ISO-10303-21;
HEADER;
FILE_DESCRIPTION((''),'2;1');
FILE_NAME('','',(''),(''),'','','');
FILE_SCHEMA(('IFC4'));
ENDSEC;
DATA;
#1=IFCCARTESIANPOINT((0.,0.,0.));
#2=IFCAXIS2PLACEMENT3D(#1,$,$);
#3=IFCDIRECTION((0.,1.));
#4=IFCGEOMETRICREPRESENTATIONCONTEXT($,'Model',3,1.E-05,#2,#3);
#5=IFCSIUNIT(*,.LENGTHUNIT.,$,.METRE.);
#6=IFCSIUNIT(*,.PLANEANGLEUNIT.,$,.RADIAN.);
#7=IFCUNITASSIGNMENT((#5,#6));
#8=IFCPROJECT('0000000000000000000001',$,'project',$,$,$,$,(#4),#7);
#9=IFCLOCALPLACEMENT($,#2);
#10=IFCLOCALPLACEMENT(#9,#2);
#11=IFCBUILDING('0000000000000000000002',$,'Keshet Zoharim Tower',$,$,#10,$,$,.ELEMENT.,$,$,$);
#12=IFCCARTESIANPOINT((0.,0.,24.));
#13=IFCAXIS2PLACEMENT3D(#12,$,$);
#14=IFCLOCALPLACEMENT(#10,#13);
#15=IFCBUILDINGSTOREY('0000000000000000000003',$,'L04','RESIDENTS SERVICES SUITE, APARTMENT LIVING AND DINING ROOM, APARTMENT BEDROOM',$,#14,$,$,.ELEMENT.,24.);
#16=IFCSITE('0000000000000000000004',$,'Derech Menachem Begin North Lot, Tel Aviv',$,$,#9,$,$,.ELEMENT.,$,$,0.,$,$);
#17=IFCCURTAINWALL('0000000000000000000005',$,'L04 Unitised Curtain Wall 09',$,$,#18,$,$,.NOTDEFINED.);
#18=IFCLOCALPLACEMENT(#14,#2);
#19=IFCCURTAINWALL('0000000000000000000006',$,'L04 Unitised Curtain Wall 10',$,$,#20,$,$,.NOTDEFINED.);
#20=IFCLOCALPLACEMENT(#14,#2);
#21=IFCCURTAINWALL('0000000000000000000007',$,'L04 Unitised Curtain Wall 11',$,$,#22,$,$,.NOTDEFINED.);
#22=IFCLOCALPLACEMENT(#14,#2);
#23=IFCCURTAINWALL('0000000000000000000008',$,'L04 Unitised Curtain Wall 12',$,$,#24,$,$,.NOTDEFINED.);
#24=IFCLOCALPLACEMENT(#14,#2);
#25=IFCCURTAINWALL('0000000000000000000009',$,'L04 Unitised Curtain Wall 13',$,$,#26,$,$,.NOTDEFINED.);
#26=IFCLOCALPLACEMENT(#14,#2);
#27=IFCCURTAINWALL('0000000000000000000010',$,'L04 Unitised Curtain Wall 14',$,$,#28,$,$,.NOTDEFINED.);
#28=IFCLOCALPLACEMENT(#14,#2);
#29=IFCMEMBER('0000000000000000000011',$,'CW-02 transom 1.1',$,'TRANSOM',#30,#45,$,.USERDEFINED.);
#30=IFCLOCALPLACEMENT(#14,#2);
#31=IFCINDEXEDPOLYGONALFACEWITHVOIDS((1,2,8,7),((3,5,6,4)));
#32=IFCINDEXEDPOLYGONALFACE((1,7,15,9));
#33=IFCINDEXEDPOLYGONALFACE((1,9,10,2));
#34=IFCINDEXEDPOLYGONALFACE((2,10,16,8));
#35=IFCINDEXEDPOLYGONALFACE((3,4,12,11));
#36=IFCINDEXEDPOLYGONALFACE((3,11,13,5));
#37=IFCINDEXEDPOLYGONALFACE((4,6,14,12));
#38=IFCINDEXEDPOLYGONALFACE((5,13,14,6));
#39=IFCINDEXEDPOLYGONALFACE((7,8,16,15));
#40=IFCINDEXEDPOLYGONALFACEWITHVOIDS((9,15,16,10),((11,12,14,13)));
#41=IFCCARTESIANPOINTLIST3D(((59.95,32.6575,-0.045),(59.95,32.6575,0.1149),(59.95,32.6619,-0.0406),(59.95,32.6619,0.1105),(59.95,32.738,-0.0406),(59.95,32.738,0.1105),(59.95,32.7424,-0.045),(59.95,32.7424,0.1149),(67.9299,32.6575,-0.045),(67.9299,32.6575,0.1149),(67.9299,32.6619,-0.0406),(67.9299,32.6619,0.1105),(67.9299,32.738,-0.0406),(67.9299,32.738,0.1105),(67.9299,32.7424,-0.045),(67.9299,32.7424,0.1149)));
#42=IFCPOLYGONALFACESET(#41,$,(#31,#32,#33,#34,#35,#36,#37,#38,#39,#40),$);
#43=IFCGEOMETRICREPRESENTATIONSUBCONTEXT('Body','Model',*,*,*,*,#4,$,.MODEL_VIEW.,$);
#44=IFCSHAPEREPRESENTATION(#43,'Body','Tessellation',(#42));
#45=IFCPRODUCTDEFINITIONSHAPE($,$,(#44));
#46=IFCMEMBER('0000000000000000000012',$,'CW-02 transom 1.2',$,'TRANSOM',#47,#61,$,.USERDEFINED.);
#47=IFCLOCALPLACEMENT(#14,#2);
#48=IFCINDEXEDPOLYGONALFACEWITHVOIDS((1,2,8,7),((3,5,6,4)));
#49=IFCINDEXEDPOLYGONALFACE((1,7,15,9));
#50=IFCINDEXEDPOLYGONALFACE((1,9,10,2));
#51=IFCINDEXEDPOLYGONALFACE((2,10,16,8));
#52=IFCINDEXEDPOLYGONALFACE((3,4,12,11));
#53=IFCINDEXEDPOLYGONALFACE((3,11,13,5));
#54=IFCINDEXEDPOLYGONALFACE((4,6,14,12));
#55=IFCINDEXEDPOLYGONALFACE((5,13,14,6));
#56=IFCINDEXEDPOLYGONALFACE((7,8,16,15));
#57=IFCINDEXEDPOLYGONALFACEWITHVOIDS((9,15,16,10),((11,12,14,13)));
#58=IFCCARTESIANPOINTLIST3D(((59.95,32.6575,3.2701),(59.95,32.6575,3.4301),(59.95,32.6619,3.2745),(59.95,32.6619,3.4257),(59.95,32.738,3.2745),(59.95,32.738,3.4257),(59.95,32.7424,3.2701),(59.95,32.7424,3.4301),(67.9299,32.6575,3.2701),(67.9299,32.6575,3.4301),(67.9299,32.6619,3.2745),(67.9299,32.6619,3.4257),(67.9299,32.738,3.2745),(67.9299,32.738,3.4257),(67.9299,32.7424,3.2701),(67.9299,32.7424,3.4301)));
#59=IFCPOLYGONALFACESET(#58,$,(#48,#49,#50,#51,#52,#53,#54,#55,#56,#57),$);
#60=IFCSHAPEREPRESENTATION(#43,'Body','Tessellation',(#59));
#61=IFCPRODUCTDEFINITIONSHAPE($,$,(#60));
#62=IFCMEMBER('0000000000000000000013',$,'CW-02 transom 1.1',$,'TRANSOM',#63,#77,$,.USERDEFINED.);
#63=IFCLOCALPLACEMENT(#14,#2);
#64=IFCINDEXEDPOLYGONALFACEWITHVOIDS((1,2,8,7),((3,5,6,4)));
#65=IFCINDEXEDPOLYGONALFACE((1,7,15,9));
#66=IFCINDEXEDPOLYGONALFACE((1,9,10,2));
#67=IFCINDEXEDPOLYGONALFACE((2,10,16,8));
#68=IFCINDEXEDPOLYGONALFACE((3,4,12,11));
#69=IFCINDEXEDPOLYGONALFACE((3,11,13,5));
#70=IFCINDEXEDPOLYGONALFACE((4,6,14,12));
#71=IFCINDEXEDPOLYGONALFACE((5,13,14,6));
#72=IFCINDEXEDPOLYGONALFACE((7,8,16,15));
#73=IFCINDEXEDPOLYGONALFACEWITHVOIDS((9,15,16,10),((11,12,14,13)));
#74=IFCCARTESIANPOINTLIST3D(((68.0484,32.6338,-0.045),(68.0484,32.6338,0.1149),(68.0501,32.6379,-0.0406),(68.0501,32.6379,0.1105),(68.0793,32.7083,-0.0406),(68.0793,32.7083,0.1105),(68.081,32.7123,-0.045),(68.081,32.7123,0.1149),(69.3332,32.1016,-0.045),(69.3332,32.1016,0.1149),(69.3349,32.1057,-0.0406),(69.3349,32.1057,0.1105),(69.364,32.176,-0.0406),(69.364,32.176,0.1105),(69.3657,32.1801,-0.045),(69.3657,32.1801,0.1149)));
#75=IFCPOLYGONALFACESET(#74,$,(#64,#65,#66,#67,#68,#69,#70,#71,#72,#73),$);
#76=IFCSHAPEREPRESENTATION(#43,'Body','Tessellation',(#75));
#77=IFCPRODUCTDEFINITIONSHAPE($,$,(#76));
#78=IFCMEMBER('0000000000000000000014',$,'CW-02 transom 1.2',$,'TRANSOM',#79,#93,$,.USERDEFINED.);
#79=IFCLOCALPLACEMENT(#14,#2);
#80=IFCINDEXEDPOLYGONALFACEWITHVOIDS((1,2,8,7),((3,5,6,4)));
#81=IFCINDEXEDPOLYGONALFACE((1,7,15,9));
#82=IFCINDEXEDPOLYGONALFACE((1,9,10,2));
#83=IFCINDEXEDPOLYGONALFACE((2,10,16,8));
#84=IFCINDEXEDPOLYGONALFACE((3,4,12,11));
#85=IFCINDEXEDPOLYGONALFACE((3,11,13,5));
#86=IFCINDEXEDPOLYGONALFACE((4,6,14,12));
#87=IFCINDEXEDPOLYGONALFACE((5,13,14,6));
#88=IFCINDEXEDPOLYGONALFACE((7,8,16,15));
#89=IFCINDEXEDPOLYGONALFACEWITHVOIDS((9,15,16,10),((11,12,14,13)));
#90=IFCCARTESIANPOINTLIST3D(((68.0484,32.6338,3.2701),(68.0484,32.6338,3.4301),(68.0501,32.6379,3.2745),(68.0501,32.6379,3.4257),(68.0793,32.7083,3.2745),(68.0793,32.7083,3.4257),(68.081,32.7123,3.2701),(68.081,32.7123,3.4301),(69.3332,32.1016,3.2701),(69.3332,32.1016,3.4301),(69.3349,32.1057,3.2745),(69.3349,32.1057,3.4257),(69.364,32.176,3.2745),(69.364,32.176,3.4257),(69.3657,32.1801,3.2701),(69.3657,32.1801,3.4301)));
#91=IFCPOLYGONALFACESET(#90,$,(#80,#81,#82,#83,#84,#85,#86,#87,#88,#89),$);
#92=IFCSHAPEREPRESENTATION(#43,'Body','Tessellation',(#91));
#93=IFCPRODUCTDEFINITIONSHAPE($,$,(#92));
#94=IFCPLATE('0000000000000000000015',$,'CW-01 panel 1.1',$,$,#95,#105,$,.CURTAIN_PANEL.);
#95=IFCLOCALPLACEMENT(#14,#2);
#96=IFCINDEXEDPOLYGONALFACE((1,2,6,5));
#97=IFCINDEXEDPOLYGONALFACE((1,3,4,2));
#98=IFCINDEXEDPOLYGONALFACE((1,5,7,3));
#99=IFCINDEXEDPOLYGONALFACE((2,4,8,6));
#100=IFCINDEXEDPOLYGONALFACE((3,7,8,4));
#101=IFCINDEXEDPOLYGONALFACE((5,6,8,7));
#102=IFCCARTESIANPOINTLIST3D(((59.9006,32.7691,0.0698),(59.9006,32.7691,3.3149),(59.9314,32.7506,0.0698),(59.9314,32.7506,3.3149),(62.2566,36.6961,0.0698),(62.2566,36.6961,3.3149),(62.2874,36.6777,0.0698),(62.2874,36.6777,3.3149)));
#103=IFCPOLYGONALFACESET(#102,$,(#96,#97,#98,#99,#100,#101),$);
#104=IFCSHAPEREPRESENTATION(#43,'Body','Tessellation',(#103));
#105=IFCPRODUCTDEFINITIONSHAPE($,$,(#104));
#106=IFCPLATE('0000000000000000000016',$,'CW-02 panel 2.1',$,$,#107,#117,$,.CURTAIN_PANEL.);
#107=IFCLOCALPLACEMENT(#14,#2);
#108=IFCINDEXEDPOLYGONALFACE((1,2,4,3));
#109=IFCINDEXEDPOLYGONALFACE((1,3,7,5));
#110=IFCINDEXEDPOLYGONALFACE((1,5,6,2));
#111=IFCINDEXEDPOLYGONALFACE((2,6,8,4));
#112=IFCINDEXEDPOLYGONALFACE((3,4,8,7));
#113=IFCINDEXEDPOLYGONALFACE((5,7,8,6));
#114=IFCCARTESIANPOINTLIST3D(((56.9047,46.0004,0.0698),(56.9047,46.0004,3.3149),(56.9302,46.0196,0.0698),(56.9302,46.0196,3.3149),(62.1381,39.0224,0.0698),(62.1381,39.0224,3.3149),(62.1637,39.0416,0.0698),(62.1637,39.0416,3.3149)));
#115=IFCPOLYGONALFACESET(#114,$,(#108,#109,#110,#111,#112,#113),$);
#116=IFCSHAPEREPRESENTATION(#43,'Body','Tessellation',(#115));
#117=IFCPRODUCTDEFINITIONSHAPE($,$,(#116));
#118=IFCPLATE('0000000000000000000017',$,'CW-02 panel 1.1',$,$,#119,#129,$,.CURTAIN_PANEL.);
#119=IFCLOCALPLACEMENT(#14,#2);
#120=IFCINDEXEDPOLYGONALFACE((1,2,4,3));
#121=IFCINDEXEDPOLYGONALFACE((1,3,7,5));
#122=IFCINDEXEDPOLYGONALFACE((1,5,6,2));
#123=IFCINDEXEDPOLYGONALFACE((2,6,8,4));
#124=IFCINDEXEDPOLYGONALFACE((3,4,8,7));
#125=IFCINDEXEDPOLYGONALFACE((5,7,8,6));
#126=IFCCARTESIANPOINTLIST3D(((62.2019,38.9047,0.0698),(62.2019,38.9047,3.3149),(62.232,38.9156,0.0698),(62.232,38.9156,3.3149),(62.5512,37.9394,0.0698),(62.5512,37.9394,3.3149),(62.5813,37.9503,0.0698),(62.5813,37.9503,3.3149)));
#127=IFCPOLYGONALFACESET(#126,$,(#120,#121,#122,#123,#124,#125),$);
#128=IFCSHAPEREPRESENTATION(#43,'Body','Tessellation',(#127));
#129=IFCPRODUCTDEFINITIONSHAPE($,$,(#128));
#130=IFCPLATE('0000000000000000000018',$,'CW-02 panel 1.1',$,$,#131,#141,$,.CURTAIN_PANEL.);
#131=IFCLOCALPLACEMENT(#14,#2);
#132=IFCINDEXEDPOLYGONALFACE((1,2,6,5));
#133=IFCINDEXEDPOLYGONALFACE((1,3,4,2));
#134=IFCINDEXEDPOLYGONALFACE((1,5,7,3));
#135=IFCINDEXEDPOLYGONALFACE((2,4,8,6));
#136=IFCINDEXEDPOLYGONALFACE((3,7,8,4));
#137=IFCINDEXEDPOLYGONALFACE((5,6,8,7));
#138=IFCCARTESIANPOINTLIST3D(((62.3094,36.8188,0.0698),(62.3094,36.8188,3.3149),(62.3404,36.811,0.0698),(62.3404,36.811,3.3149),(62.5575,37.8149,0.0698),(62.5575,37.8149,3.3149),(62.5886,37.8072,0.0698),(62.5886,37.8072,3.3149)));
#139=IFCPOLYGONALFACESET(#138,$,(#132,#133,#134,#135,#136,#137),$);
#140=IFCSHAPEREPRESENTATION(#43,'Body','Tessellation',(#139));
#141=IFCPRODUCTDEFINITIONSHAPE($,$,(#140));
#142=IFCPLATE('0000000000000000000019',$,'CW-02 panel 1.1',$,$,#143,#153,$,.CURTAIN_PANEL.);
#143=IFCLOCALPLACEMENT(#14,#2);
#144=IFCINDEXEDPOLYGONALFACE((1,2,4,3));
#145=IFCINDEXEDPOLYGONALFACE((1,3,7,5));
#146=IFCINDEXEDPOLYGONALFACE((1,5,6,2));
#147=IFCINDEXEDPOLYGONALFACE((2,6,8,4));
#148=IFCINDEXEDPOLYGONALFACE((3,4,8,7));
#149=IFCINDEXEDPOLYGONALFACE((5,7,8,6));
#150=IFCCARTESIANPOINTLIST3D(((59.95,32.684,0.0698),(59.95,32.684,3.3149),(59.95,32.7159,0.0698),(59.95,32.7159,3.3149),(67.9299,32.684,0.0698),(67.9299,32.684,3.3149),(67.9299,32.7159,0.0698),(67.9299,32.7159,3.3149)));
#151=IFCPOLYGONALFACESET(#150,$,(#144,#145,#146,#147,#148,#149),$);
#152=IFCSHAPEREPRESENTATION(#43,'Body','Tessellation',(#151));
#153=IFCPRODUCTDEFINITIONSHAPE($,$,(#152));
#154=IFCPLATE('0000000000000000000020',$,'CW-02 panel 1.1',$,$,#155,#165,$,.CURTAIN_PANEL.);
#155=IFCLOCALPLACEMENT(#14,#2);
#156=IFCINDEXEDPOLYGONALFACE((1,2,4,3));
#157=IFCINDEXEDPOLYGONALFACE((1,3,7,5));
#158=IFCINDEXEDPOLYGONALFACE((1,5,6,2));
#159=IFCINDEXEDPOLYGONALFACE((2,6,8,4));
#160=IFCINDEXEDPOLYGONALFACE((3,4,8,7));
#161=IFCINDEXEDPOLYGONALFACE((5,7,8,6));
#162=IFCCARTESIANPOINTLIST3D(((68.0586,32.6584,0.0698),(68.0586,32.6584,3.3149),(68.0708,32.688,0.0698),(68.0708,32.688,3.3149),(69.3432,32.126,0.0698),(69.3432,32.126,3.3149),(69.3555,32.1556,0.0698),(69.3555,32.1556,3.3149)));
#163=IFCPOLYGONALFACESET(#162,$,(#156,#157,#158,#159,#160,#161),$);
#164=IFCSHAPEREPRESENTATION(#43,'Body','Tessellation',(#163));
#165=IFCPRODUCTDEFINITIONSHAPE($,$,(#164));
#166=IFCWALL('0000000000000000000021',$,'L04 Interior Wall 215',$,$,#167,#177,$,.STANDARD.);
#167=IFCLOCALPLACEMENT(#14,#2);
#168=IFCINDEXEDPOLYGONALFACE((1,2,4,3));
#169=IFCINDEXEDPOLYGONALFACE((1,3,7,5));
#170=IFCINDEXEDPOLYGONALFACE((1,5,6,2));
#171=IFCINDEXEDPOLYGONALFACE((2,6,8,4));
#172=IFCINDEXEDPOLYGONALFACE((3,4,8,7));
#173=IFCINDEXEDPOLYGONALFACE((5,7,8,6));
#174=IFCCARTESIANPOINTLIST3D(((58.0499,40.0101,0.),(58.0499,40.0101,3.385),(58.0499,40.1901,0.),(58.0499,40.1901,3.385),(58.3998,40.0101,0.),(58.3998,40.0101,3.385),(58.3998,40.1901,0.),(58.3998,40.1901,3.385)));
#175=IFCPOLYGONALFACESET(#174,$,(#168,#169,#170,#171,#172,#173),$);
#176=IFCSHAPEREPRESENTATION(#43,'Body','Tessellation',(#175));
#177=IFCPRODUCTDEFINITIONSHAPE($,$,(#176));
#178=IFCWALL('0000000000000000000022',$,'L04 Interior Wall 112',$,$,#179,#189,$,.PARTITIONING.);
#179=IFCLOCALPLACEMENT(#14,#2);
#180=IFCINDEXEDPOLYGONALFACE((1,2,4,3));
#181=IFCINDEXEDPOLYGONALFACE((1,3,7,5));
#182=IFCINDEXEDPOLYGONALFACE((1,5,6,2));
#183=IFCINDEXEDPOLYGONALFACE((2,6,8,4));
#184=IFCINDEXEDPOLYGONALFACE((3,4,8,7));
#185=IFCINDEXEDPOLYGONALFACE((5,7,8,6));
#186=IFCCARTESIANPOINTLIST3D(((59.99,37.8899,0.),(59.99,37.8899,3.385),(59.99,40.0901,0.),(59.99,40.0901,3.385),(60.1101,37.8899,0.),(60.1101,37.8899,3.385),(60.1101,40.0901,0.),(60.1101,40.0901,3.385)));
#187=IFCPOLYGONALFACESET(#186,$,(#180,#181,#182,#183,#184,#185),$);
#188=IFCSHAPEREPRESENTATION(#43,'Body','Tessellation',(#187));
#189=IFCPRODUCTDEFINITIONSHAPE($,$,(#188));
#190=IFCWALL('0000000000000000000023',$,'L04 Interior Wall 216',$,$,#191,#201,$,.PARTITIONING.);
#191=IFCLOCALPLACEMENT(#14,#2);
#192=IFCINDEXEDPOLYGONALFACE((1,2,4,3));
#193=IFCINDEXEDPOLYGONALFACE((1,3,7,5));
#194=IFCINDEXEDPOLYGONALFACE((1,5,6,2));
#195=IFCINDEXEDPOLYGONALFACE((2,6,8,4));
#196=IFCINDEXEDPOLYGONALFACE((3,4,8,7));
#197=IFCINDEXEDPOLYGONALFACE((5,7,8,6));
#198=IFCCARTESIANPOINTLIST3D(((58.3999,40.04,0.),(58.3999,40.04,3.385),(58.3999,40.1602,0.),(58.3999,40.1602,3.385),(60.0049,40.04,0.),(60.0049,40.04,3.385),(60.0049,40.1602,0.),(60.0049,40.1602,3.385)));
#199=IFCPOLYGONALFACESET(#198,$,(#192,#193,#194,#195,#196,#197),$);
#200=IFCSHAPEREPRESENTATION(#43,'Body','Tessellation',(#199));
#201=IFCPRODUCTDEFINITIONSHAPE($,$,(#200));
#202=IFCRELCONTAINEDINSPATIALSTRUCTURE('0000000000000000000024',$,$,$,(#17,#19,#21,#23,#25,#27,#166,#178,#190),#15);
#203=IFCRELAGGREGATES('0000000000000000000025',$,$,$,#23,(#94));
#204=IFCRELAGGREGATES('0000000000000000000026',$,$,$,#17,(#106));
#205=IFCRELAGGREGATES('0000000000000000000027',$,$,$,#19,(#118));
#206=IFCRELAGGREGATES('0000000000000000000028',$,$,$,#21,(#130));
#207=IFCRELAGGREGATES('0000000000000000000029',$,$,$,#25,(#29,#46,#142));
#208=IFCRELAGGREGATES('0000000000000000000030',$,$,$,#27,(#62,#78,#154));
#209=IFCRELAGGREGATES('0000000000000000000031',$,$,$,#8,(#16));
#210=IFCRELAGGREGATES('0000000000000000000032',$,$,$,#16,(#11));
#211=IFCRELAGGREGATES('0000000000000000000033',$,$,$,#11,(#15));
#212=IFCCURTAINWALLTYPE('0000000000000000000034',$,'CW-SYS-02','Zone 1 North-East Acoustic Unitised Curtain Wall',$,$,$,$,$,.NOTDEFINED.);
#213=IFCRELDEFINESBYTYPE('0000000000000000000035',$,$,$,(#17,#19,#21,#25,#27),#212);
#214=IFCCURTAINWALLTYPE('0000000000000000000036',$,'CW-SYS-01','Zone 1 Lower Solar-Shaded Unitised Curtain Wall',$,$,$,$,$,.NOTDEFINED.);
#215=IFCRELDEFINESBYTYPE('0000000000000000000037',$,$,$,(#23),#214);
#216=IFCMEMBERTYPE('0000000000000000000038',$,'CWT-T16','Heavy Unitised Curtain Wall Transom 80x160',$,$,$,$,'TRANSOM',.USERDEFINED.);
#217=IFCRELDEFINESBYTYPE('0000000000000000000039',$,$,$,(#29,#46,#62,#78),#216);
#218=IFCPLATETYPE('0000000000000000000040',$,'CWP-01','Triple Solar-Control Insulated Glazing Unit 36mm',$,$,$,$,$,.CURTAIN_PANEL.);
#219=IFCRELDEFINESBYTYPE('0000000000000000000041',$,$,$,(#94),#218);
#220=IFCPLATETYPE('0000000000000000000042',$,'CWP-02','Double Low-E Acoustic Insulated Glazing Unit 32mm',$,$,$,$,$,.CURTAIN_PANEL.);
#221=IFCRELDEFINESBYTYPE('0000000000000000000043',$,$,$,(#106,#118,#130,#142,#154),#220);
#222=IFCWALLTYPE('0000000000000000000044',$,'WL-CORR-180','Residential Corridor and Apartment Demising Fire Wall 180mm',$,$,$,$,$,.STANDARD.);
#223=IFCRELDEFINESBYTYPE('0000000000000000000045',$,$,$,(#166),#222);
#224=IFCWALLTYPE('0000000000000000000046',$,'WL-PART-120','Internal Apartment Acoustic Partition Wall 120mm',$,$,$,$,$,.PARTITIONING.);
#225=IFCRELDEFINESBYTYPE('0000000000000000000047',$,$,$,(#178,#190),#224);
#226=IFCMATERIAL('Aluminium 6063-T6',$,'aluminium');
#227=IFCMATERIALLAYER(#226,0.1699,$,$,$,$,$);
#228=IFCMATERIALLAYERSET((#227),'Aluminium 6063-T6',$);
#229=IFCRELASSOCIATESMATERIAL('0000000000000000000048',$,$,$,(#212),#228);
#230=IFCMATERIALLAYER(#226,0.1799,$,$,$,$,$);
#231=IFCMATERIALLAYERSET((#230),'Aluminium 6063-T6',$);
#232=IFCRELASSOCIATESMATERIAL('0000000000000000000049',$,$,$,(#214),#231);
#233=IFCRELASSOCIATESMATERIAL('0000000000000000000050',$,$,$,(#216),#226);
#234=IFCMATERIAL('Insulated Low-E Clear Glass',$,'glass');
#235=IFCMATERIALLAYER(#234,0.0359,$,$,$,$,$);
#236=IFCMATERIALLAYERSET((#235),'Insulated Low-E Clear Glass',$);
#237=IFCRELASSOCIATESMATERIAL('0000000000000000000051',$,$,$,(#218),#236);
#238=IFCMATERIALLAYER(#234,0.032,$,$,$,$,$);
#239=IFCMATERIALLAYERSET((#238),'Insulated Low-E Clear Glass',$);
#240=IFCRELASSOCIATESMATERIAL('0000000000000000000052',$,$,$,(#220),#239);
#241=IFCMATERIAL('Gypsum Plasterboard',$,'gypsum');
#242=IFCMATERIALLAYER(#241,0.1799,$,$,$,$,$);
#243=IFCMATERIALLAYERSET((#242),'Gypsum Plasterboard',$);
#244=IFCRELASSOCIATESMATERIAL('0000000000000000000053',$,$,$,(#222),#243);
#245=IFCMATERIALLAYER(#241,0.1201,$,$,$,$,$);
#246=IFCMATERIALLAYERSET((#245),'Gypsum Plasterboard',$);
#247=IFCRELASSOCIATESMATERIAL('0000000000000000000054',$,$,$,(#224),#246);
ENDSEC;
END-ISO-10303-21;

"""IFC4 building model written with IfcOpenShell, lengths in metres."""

from ifc_helpers import new_model, si_unit, direction, frame, frame_2d, origin, origin_2d, place, context, subcontext, project, spatial, rectangle, hollow_rectangle, extrude, material, layer, layer_set, material_profile, profile_set, type_object, element, aggregate, save


model = new_model("IFC4")

# Units and contexts
model_context = context("Model", 3, precision=1e-05, world=origin(), true_north=direction((0.0, 1.0)))
body_context = subcontext(model_context, "Body", "Model", "MODEL_VIEW")
ifc_project = project(units=[si_unit("LENGTHUNIT", "METRE"), si_unit("PLANEANGLEUNIT", "RADIAN")], contexts=[model_context])

# Site, building, storey
site_placement = place(None, origin())
site = spatial("IfcSite", under=ifc_project, at=site_placement, Name="Derech Menachem Begin North Lot, Tel Aviv", CompositionType="ELEMENT", RefElevation=0.0)
building_placement = place(site_placement, origin())
building = spatial("IfcBuilding", under=site, at=building_placement, Name="Keshet Zoharim Tower", CompositionType="ELEMENT")
storey_placement = place(building_placement, frame((0.0, 0.0, 24.0)))
storey = spatial("IfcBuildingStorey", under=building, at=storey_placement, Name="L04", Description="RESIDENTS SERVICES SUITE, APARTMENT LIVING AND DINING ROOM, APARTMENT BEDROOM", CompositionType="ELEMENT", Elevation=24.0)

# Curtain wall
ifc_material_1 = material(Name="Aluminium 6063-T6", Category="aluminium")
ifc_layer_1 = layer(ifc_material_1, 0.1699)
ifc_layer_set_1 = layer_set([ifc_layer_1], Name="Aluminium 6063-T6")
curtain_wall_type_1 = type_object("IfcCurtainWallType", Name="CW-SYS-02", Description="Zone 1 North-East Acoustic Unitised Curtain Wall", PredefinedType="NOTDEFINED", material=ifc_layer_set_1)
curtain_wall_1_placement = place(storey_placement, origin())
curtain_wall_1 = element("IfcCurtainWall", 1, at=curtain_wall_1_placement, inside=storey, type_object=curtain_wall_type_1, Name="L04 Unitised Curtain Wall 09", PredefinedType="NOTDEFINED")

# Curtain walls
curtain_wall_2_placement = place(storey_placement, origin())
curtain_wall_2 = element("IfcCurtainWall", 2, at=curtain_wall_2_placement, inside=storey, type_object=curtain_wall_type_1, Name="L04 Unitised Curtain Wall 10", PredefinedType="NOTDEFINED")
curtain_wall_3_placement = place(storey_placement, origin())
curtain_wall_3 = element("IfcCurtainWall", 3, at=curtain_wall_3_placement, inside=storey, type_object=curtain_wall_type_1, Name="L04 Unitised Curtain Wall 11", PredefinedType="NOTDEFINED")
ifc_layer_2 = layer(ifc_material_1, 0.1799)
ifc_layer_set_2 = layer_set([ifc_layer_2], Name="Aluminium 6063-T6")
curtain_wall_type_2 = type_object("IfcCurtainWallType", Name="CW-SYS-01", Description="Zone 1 Lower Solar-Shaded Unitised Curtain Wall", PredefinedType="NOTDEFINED", material=ifc_layer_set_2)
curtain_wall_4_placement = place(storey_placement, origin())
curtain_wall_4 = element("IfcCurtainWall", 4, at=curtain_wall_4_placement, inside=storey, type_object=curtain_wall_type_2, Name="L04 Unitised Curtain Wall 12", PredefinedType="NOTDEFINED")
curtain_wall_5_placement = place(storey_placement, origin())
curtain_wall_5 = element("IfcCurtainWall", 5, at=curtain_wall_5_placement, inside=storey, type_object=curtain_wall_type_1, Name="L04 Unitised Curtain Wall 13", PredefinedType="NOTDEFINED")
curtain_wall_6_placement = place(storey_placement, origin())
curtain_wall_6 = element("IfcCurtainWall", 6, at=curtain_wall_6_placement, inside=storey, type_object=curtain_wall_type_1, Name="L04 Unitised Curtain Wall 14", PredefinedType="NOTDEFINED")

# Members
ifc_material_profile_1 = material_profile(ifc_material_1, hollow_rectangle(XDim=0.085, YDim=0.1599, WallThickness=0.0044, at=origin_2d()), Name="TRN-85x160")
ifc_profile_set_1 = profile_set([ifc_material_profile_1], Name="Aluminium 6063-T6")
member_type_1 = type_object("IfcMemberType", Name="CWT-T16", Description="Heavy Unitised Curtain Wall Transom 80x160", ElementType="TRANSOM", PredefinedType="USERDEFINED", material=ifc_profile_set_1)
member_1_placement = place(storey_placement, frame((59.95, 32.7, 0.0349), z_axis=(1.0, 0.0, 0.0), x_axis=(0.0, 1.0, 0.0)))
member_1 = element("IfcMember", 7, at=member_1_placement, type_object=member_type_1, Name="CW-02 transom 1.1", ObjectType="TRANSOM", PredefinedType="USERDEFINED", context=body_context, shape_type="SweptSolid", body=[
    extrude(hollow_rectangle(XDim=0.085, YDim=0.1599, WallThickness=0.0044, at=origin_2d()), origin(), (0.0, 0.0, 1.0), 7.98),
])
member_2_placement = place(storey_placement, frame((59.95, 32.7, 3.3501), z_axis=(1.0, 0.0, 0.0), x_axis=(0.0, 1.0, 0.0)))
member_2 = element("IfcMember", 8, at=member_2_placement, type_object=member_type_1, Name="CW-02 transom 1.2", ObjectType="TRANSOM", PredefinedType="USERDEFINED", context=body_context, shape_type="SweptSolid", body=[
    extrude(hollow_rectangle(XDim=0.085, YDim=0.1599, WallThickness=0.0044, at=origin_2d()), origin(), (0.0, 0.0, 1.0), 7.98),
])
member_3_placement = place(storey_placement, frame((68.0647, 32.6731, 0.0349), z_axis=(0.923854, -0.382745, 0.0), x_axis=(0.382745, 0.923854, 0.0)))
member_3 = element("IfcMember", 9, at=member_3_placement, type_object=member_type_1, Name="CW-02 transom 1.1", ObjectType="TRANSOM", PredefinedType="USERDEFINED", context=body_context, shape_type="SweptSolid", body=[
    extrude(hollow_rectangle(XDim=0.085, YDim=0.1599, WallThickness=0.0044, at=origin_2d()), origin(), (0.0, 0.0, 1.0), 1.3906),
])
member_4_placement = place(storey_placement, frame((68.0647, 32.6731, 3.3501), z_axis=(0.923854, -0.382745, 0.0), x_axis=(0.382745, 0.923854, 0.0)))
member_4 = element("IfcMember", 10, at=member_4_placement, type_object=member_type_1, Name="CW-02 transom 1.2", ObjectType="TRANSOM", PredefinedType="USERDEFINED", context=body_context, shape_type="SweptSolid", body=[
    extrude(hollow_rectangle(XDim=0.085, YDim=0.1599, WallThickness=0.0044, at=origin_2d()), origin(), (0.0, 0.0, 1.0), 1.3906),
])

# Plates
ifc_material_2 = material(Name="Insulated Low-E Clear Glass", Category="glass")
ifc_layer_3 = layer(ifc_material_2, 0.0359)
ifc_layer_set_3 = layer_set([ifc_layer_3], Name="Insulated Low-E Clear Glass")
plate_type_1 = type_object("IfcPlateType", Name="CWP-01", Description="Triple Solar-Control Insulated Glazing Unit 36mm", PredefinedType="CURTAIN_PANEL", material=ifc_layer_set_3)
plate_1_placement = place(storey_placement, frame((61.094, 34.7234, 0.0698), z_axis=(0.0, 0.0, 1.0), x_axis=(-0.514465, -0.857512, 0.0)))
plate_1 = element("IfcPlate", 11, at=plate_1_placement, type_object=plate_type_1, Name="CW-01 panel 1.1", PredefinedType="CURTAIN_PANEL", context=body_context, shape_type="SweptSolid", body=[
    extrude(rectangle(XDim=4.5796, YDim=0.0359, at=origin_2d()), origin(), (0.0, 0.0, 1.0), 3.2451),
])
aggregate(curtain_wall_4, [plate_1])
ifc_layer_4 = layer(ifc_material_2, 0.032)
ifc_layer_set_4 = layer_set([ifc_layer_4], Name="Insulated Low-E Clear Glass")
plate_type_2 = type_object("IfcPlateType", Name="CWP-02", Description="Double Low-E Acoustic Insulated Glazing Unit 32mm", PredefinedType="CURTAIN_PANEL", material=ifc_layer_set_4)
plate_2_placement = place(storey_placement, frame((59.5342, 42.521, 0.0698), z_axis=(0.0, 0.0, 1.0), x_axis=(0.6, -0.8, 0.0)))
plate_2 = element("IfcPlate", 12, at=plate_2_placement, type_object=plate_type_2, Name="CW-02 panel 2.1", PredefinedType="CURTAIN_PANEL", context=body_context, shape_type="SweptSolid", body=[
    extrude(rectangle(XDim=8.7224, YDim=0.032, at=origin_2d()), origin(), (0.0, 0.0, 1.0), 3.2451),
])
aggregate(curtain_wall_1, [plate_2])
plate_3_placement = place(storey_placement, frame((62.3916, 38.4275, 0.0698), z_axis=(0.0, 0.0, 1.0), x_axis=(0.340297, -0.940318, 0.0)))
plate_3 = element("IfcPlate", 13, at=plate_3_placement, type_object=plate_type_2, Name="CW-02 panel 1.1", PredefinedType="CURTAIN_PANEL", context=body_context, shape_type="SweptSolid", body=[
    extrude(rectangle(XDim=1.0266, YDim=0.032, at=origin_2d()), origin(), (0.0, 0.0, 1.0), 3.2451),
])
aggregate(curtain_wall_2, [plate_3])
plate_4_placement = place(storey_placement, frame((62.449, 37.313, 0.0698), z_axis=(0.0, 0.0, 1.0), x_axis=(-0.241729, -0.970344, 0.0)))
plate_4 = element("IfcPlate", 14, at=plate_4_placement, type_object=plate_type_2, Name="CW-02 panel 1.1", PredefinedType="CURTAIN_PANEL", context=body_context, shape_type="SweptSolid", body=[
    extrude(rectangle(XDim=1.0266, YDim=0.032, at=origin_2d()), origin(), (0.0, 0.0, 1.0), 3.2451),
])
aggregate(curtain_wall_3, [plate_4])
plate_5_placement = place(storey_placement, frame((63.9399, 32.7, 0.0698), z_axis=(0.0, 0.0, 1.0), x_axis=(1.0, 0.0, 0.0)))
plate_5 = element("IfcPlate", 15, at=plate_5_placement, type_object=plate_type_2, Name="CW-02 panel 1.1", PredefinedType="CURTAIN_PANEL", context=body_context, shape_type="SweptSolid", body=[
    extrude(rectangle(XDim=7.98, YDim=0.032, at=origin_2d()), origin(), (0.0, 0.0, 1.0), 3.2451),
])
aggregate(curtain_wall_5, [member_1, member_2, plate_5])
plate_6_placement = place(storey_placement, frame((68.707, 32.407, 0.0698), z_axis=(0.0, 0.0, 1.0), x_axis=(0.92381, -0.382852, 0.0)))
plate_6 = element("IfcPlate", 16, at=plate_6_placement, type_object=plate_type_2, Name="CW-02 panel 1.1", PredefinedType="CURTAIN_PANEL", context=body_context, shape_type="SweptSolid", body=[
    extrude(rectangle(XDim=1.3906, YDim=0.032, at=origin_2d()), origin(), (0.0, 0.0, 1.0), 3.2451),
])
aggregate(curtain_wall_6, [member_3, member_4, plate_6])

# Walls
ifc_material_3 = material(Name="Gypsum Plasterboard", Category="gypsum")
ifc_layer_5 = layer(ifc_material_3, 0.1799)
ifc_layer_set_5 = layer_set([ifc_layer_5], Name="Gypsum Plasterboard")
wall_type_1 = type_object("IfcWallType", Name="WL-CORR-180", Description="Residential Corridor and Apartment Demising Fire Wall 180mm", PredefinedType="STANDARD", material=ifc_layer_set_5)
wall_1_placement = place(storey_placement, frame((58.05, 40.1001, 0.0), z_axis=(0.0, 0.0, 1.0), x_axis=(1.0, 0.0, 0.0)))
element("IfcWall", 17, at=wall_1_placement, inside=storey, type_object=wall_type_1, Name="L04 Interior Wall 215", PredefinedType="STANDARD", context=body_context, shape_type="SweptSolid", body=[
    extrude(rectangle(XDim=0.3499, YDim=0.1799, at=frame_2d((0.1748, 0.0))), origin(), (0.0, 0.0, 1.0), 3.385),
])
ifc_layer_6 = layer(ifc_material_3, 0.1201)
ifc_layer_set_6 = layer_set([ifc_layer_6], Name="Gypsum Plasterboard")
wall_type_2 = type_object("IfcWallType", Name="WL-PART-120", Description="Internal Apartment Acoustic Partition Wall 120mm", PredefinedType="PARTITIONING", material=ifc_layer_set_6)
wall_2_placement = place(storey_placement, frame((60.05, 37.8899, 0.0), z_axis=(0.0, 0.0, 1.0), x_axis=(0.0, 1.0, 0.0)))
element("IfcWall", 18, at=wall_2_placement, inside=storey, type_object=wall_type_2, Name="L04 Interior Wall 112", PredefinedType="PARTITIONING", context=body_context, shape_type="SweptSolid", body=[
    extrude(rectangle(XDim=2.2002, YDim=0.1201, at=frame_2d((1.1001, 0.0))), origin(), (0.0, 0.0, 1.0), 3.385),
])
wall_3_placement = place(storey_placement, frame((58.3999, 40.1001, 0.0), z_axis=(0.0, 0.0, 1.0), x_axis=(1.0, 0.0, 0.0)))
element("IfcWall", 19, at=wall_3_placement, inside=storey, type_object=wall_type_2, Name="L04 Interior Wall 216", PredefinedType="PARTITIONING", context=body_context, shape_type="SweptSolid", body=[
    extrude(rectangle(XDim=1.605, YDim=0.1201, at=frame_2d((0.8025, 0.0))), origin(), (0.0, 0.0, 1.0), 3.385),
])

save(model, "model.ifc")
